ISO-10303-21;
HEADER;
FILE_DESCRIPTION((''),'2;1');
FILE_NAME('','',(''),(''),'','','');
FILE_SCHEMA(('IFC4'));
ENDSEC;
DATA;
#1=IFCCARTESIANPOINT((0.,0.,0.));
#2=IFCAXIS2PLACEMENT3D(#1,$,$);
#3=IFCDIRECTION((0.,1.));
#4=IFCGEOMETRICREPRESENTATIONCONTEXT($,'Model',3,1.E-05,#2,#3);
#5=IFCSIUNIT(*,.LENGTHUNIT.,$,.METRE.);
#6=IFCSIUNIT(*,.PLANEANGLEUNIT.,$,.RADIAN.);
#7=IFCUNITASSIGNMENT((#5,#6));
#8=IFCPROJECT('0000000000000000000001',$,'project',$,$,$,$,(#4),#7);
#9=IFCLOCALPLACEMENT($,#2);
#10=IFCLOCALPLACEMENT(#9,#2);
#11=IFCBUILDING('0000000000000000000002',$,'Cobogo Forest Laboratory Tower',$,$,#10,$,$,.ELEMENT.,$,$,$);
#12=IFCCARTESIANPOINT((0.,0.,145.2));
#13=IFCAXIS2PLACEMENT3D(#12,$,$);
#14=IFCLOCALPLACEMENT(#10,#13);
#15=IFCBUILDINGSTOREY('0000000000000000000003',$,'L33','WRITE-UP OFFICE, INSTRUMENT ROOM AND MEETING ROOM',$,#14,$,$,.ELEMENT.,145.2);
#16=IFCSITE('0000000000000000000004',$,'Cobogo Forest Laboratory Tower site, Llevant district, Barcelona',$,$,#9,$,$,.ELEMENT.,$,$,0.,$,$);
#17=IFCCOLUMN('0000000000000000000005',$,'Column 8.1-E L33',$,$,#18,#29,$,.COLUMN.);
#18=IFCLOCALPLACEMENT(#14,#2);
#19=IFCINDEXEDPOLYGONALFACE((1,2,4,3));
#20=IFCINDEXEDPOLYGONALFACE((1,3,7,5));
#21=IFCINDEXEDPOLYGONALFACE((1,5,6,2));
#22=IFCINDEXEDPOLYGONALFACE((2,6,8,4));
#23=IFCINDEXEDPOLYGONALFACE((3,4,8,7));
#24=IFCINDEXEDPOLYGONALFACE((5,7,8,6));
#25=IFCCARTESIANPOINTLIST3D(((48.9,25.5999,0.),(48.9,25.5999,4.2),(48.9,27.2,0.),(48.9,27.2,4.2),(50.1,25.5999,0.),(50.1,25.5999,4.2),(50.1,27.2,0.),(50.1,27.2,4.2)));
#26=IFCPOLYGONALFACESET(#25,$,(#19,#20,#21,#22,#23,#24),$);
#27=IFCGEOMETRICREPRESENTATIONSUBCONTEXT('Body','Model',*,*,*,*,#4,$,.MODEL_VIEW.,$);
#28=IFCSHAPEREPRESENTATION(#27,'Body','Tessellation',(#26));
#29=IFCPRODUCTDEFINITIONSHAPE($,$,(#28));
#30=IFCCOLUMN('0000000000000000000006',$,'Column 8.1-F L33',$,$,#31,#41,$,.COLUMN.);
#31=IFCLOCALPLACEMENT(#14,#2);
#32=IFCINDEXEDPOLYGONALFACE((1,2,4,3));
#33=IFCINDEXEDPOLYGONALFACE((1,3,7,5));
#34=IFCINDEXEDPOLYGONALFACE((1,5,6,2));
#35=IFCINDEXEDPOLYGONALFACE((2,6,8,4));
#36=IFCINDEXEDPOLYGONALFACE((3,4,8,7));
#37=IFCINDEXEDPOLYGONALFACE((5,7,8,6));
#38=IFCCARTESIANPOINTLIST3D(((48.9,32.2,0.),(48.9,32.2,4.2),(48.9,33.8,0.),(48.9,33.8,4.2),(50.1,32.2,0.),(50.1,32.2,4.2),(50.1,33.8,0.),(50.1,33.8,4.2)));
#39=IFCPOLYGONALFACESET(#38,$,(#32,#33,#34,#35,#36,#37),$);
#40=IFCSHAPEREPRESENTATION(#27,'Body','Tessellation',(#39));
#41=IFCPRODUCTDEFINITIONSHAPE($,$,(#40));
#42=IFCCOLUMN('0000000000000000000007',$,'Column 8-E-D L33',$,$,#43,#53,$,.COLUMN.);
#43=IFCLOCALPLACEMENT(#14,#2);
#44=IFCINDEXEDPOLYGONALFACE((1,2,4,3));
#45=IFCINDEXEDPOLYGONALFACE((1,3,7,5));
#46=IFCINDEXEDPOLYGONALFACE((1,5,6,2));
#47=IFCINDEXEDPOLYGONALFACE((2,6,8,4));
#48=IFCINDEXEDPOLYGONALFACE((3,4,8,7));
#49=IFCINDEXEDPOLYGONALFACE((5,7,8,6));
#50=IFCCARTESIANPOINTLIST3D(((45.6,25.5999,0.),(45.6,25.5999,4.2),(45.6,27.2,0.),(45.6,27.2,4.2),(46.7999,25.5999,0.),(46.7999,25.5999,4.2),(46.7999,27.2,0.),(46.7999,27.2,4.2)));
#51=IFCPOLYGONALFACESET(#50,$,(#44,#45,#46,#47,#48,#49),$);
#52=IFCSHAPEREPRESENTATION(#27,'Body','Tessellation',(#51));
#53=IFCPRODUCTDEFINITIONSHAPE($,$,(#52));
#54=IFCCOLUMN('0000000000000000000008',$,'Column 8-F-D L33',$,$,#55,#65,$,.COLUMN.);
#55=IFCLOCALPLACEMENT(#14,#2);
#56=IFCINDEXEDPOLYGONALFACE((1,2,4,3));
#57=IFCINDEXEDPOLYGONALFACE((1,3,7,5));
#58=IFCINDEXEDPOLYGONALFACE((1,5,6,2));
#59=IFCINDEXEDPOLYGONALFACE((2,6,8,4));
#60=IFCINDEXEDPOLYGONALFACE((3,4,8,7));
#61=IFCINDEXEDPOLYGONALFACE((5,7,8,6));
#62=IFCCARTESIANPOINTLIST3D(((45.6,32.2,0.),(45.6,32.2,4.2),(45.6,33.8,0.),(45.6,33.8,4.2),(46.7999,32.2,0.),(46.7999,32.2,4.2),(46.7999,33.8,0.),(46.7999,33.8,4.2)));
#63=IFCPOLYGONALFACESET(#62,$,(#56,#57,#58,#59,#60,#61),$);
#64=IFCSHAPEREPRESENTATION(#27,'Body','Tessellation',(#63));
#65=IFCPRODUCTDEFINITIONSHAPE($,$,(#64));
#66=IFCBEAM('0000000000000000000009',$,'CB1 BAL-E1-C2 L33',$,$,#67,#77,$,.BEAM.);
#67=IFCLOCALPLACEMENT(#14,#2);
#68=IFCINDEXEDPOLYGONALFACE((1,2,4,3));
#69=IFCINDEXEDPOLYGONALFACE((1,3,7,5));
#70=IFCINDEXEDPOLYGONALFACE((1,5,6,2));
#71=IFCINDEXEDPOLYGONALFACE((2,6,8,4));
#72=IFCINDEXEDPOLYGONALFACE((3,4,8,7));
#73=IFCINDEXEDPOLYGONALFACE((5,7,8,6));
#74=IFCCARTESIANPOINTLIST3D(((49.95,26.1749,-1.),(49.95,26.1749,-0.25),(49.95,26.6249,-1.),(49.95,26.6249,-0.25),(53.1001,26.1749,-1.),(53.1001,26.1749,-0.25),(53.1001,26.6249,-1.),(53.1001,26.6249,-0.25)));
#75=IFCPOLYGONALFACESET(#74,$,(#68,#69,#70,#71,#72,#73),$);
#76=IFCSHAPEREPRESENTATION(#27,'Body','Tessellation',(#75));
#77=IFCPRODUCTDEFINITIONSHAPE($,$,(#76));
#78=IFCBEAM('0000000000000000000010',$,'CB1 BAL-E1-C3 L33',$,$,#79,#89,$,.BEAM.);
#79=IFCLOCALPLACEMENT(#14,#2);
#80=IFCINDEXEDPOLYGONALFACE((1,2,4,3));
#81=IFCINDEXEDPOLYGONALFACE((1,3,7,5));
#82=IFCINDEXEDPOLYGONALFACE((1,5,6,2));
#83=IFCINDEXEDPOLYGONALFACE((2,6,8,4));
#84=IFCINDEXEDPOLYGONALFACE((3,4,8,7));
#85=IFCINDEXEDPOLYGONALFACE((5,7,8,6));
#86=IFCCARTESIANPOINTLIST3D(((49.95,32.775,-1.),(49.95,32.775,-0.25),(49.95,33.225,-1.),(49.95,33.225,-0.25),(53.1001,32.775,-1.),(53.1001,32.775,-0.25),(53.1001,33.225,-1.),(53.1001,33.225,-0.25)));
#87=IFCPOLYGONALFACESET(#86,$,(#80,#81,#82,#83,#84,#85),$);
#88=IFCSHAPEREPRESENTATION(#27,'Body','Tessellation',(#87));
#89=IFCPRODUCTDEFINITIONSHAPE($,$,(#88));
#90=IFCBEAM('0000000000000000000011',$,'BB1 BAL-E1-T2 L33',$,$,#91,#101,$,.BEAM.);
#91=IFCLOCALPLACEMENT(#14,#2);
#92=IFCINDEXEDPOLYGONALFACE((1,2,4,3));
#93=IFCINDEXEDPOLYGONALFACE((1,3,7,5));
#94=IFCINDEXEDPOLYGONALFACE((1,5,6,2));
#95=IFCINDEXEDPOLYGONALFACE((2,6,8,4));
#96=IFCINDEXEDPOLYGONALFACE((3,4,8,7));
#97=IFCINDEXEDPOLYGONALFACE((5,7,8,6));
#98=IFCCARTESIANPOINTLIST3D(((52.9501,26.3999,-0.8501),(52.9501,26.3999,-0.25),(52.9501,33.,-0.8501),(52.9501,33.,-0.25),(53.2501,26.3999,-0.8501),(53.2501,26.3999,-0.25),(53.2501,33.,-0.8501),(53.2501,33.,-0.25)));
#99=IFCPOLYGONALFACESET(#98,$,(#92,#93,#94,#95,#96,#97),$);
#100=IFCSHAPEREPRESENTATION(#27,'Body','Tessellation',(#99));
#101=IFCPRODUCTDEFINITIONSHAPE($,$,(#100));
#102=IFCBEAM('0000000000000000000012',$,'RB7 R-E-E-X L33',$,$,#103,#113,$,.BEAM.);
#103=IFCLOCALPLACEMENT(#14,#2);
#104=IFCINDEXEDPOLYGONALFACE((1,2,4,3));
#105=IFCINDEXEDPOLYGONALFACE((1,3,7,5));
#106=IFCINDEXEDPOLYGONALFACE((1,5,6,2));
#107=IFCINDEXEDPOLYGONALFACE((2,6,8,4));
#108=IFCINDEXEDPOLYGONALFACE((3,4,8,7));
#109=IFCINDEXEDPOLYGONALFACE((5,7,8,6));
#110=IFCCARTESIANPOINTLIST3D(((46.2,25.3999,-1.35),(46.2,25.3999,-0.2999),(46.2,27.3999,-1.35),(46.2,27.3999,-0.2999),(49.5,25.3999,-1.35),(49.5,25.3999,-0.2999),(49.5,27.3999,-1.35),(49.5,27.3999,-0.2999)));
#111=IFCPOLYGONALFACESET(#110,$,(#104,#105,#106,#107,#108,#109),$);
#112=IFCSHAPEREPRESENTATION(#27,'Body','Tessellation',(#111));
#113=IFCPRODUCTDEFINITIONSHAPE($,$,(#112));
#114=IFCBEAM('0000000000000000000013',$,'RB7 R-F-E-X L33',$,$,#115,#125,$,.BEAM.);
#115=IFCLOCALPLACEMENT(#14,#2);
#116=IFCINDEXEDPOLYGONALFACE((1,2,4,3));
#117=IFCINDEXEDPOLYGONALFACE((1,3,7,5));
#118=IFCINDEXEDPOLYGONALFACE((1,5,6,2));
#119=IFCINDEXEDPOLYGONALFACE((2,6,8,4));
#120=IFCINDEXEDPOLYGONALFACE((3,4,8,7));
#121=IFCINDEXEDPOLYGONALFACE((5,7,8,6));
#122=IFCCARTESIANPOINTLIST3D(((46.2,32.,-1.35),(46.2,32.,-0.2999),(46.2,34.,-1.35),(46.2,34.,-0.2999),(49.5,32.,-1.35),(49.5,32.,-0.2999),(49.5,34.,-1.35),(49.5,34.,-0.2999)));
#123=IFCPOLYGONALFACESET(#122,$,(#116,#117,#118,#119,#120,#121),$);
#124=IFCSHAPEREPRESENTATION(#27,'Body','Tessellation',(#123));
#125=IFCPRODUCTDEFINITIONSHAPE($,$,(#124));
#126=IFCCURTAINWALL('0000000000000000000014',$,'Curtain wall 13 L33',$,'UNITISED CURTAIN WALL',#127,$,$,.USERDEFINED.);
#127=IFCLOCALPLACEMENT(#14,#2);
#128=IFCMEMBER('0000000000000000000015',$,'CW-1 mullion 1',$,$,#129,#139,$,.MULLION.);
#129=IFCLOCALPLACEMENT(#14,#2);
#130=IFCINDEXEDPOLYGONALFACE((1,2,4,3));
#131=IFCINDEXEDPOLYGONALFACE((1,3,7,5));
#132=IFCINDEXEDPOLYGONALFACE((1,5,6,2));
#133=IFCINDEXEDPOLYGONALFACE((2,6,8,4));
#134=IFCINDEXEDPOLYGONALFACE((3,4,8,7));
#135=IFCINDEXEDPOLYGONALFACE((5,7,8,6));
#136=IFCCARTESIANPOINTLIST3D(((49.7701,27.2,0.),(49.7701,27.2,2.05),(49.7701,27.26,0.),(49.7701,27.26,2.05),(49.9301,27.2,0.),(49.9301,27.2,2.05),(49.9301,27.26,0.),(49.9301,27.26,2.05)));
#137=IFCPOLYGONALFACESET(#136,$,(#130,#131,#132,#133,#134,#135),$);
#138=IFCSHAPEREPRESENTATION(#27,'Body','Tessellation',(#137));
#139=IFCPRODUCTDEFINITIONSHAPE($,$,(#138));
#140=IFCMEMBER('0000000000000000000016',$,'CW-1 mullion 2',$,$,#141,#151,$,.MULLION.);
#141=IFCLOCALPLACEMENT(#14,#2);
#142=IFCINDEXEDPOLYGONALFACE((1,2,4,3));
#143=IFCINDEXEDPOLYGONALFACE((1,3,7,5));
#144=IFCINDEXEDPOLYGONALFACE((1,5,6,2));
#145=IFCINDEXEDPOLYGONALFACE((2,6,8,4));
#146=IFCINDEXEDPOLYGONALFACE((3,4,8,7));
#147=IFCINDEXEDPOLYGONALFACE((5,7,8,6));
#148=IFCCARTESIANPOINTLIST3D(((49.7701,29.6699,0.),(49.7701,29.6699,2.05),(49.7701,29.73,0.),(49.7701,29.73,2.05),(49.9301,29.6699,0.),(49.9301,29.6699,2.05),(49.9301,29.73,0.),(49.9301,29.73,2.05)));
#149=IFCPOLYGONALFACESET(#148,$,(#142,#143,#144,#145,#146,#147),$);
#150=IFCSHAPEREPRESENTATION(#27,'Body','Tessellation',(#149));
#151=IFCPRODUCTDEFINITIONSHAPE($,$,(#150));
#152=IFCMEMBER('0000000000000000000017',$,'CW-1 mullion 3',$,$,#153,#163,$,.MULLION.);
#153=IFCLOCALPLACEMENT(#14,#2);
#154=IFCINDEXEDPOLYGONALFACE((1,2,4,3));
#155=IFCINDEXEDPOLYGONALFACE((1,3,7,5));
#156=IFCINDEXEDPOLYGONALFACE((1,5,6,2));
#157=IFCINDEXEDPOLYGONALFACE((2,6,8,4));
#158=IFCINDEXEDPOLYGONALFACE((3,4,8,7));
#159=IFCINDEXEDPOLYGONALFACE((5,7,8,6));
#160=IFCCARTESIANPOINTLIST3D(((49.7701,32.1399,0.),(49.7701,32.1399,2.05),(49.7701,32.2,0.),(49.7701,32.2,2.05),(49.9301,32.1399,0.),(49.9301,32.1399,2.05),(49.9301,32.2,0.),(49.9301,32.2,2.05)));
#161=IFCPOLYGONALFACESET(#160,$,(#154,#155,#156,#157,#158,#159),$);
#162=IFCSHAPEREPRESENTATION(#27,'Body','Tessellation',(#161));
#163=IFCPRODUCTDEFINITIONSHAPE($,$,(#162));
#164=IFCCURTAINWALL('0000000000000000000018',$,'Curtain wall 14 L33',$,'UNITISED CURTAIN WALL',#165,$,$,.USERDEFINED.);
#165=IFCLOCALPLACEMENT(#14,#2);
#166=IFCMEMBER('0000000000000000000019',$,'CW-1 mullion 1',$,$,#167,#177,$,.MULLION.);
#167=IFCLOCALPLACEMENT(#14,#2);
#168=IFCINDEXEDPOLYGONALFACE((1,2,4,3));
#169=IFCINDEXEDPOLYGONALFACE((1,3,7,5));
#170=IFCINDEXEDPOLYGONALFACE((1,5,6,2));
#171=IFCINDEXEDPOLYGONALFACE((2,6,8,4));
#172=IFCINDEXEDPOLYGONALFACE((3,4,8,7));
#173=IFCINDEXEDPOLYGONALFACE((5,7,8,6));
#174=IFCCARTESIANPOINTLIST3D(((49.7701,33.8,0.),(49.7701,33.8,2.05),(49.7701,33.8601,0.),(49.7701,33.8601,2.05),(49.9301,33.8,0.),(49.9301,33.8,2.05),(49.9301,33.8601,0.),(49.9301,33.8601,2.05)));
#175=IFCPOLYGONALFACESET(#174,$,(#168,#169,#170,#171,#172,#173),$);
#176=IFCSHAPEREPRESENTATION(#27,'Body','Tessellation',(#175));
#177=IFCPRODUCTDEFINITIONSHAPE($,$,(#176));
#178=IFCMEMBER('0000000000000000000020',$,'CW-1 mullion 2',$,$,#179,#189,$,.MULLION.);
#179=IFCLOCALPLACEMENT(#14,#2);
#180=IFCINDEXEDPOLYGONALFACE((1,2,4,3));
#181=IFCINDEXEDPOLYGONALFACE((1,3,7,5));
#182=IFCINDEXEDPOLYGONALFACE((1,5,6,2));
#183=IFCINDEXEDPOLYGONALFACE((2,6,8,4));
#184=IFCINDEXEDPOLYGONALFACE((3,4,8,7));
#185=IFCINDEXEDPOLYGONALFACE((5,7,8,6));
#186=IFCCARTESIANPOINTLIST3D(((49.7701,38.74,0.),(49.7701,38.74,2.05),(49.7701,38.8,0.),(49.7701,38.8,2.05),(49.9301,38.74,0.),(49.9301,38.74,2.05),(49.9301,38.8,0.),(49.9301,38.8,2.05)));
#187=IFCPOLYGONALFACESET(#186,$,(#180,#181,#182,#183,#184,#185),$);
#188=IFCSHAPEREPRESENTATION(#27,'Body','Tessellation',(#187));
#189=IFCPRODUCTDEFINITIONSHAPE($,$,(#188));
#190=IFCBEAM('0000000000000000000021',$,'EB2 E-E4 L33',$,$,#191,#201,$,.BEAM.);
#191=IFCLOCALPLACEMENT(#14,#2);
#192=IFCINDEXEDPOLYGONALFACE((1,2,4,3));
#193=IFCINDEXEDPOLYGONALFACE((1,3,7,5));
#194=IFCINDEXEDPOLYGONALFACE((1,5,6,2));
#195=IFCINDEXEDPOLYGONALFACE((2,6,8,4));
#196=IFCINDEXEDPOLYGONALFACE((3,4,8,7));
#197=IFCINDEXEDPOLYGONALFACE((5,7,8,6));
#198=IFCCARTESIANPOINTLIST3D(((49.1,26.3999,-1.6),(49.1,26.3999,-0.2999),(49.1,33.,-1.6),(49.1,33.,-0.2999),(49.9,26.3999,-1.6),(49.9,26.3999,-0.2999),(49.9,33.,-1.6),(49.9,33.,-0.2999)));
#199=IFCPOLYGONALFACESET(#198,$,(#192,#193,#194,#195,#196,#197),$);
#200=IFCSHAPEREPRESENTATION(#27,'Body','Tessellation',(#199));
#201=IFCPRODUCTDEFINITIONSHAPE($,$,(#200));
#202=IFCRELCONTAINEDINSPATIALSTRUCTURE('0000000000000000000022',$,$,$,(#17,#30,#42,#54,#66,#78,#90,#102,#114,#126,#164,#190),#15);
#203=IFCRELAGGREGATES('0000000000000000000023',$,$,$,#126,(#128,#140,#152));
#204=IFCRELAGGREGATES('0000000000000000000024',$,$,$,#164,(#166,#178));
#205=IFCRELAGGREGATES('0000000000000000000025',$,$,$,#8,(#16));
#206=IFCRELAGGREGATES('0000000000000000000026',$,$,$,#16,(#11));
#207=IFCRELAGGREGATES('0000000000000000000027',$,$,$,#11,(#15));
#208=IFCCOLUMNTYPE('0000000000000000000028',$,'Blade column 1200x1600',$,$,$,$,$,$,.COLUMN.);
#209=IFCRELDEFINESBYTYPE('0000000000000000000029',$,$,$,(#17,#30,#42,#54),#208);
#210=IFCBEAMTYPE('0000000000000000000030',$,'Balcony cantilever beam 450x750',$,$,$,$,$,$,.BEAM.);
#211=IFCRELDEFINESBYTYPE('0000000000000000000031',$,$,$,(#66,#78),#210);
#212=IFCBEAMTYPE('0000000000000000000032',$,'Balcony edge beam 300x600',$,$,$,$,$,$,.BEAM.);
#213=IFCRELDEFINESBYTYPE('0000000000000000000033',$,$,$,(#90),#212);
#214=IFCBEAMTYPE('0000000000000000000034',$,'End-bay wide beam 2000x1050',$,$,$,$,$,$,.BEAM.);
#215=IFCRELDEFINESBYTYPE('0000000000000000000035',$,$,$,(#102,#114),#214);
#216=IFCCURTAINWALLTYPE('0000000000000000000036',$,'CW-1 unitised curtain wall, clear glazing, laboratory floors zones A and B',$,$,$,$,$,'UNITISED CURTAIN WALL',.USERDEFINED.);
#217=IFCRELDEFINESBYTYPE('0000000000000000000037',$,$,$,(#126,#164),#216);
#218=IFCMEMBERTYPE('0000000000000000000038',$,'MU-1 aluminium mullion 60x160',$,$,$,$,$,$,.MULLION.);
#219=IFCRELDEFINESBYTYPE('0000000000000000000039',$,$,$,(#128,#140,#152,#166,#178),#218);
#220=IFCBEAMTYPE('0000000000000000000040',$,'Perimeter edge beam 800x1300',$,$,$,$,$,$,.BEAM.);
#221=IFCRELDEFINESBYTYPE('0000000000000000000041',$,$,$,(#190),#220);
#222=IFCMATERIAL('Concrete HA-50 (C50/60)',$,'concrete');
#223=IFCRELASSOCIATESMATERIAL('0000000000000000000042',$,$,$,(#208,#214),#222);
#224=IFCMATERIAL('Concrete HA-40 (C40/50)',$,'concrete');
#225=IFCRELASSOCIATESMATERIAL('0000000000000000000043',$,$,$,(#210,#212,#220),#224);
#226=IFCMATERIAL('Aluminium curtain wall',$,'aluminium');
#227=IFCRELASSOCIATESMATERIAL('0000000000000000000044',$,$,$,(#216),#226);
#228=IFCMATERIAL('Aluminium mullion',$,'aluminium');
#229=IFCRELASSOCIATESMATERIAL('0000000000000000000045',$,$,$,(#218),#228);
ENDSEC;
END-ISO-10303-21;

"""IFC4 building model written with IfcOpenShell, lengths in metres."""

from ifc_helpers import new_model, si_unit, direction, frame, origin, origin_2d, place, context, subcontext, project, spatial, rectangle, extrude, material, material_profile, profile_set, type_object, element, aggregate, save


model = new_model("IFC4")

# Units and contexts
model_context = context("Model", 3, precision=1e-05, world=origin(), true_north=direction((0.0, 1.0)))
body_context = subcontext(model_context, "Body", "Model", "MODEL_VIEW")
ifc_project = project(units=[si_unit("LENGTHUNIT", "METRE"), si_unit("PLANEANGLEUNIT", "RADIAN")], contexts=[model_context])

# Site, building, storey
site_placement = place(None, origin())
site = spatial("IfcSite", under=ifc_project, at=site_placement, Name="Cobogo Forest Laboratory Tower site, Llevant district, Barcelona", CompositionType="ELEMENT", RefElevation=0.0)
building_placement = place(site_placement, origin())
building = spatial("IfcBuilding", under=site, at=building_placement, Name="Cobogo Forest Laboratory Tower", CompositionType="ELEMENT")
storey_placement = place(building_placement, frame((0.0, 0.0, 145.2)))
storey = spatial("IfcBuildingStorey", under=building, at=storey_placement, Name="L33", Description="WRITE-UP OFFICE, INSTRUMENT ROOM AND MEETING ROOM", CompositionType="ELEMENT", Elevation=145.2)

# Columns
ifc_material_1 = material(Name="Concrete HA-50 (C50/60)", Category="concrete")
ifc_material_profile_1 = material_profile(ifc_material_1, rectangle(XDim=1.6001, YDim=1.2, at=origin_2d()), Name="RC 1200x1600")
ifc_profile_set_1 = profile_set([ifc_material_profile_1], Name="Concrete HA-50 (C50/60)")
column_type = type_object("IfcColumnType", Name="Blade column 1200x1600", PredefinedType="COLUMN", material=ifc_profile_set_1)
for number, where, z_axis, x_axis, name in (
    (1, (49.5, 26.3999, 0.0), (0.0, 0.0, 1.0), (0.0, 1.0, 0.0), "Column 8.1-E L33"),
    (2, (49.5, 33.0, 0.0), (0.0, 0.0, 1.0), (0.0, 1.0, 0.0), "Column 8.1-F L33"),
    (3, (46.2, 26.3999, 0.0), (0.0, 0.0, 1.0), (0.0, 1.0, 0.0), "Column 8-E-D L33"),
    (4, (46.2, 33.0, 0.0), (0.0, 0.0, 1.0), (0.0, 1.0, 0.0), "Column 8-F-D L33"),
):
    element("IfcColumn", number, at=place(storey_placement, frame(where, z_axis=z_axis, x_axis=x_axis)), inside=storey, type_object=column_type, Name=name, PredefinedType="COLUMN", context=body_context, shape_type="SweptSolid", body=[
        extrude(rectangle(XDim=1.6001, YDim=1.2, at=origin_2d()), origin(), (0.0, 0.0, 1.0), 4.2),
    ])

# Beams
ifc_material_2 = material(Name="Concrete HA-40 (C40/50)", Category="concrete")
ifc_material_profile_2 = material_profile(ifc_material_2, rectangle(XDim=0.45, YDim=0.75, at=origin_2d()), Name="RC 450x750")
ifc_profile_set_2 = profile_set([ifc_material_profile_2], Name="Concrete HA-40 (C40/50)")
beam_type_1 = type_object("IfcBeamType", Name="Balcony cantilever beam 450x750", PredefinedType="BEAM", material=ifc_profile_set_2)
for number, where, z_axis, x_axis, name in (
    (5, (49.95, 26.3999, -0.625), (1.0, 0.0, 0.0), (0.0, 1.0, 0.0), "CB1 BAL-E1-C2 L33"),
    (6, (49.95, 33.0, -0.625), (1.0, 0.0, 0.0), (0.0, 1.0, 0.0), "CB1 BAL-E1-C3 L33"),
):
    element("IfcBeam", number, at=place(storey_placement, frame(where, z_axis=z_axis, x_axis=x_axis)), inside=storey, type_object=beam_type_1, Name=name, PredefinedType="BEAM", context=body_context, shape_type="SweptSolid", body=[
        extrude(rectangle(XDim=0.45, YDim=0.75, at=origin_2d()), origin(), (0.0, 0.0, 1.0), 3.1501),
    ])
ifc_material_profile_3 = material_profile(ifc_material_2, rectangle(XDim=0.3, YDim=0.6001, at=origin_2d()), Name="RC 300x600")
ifc_profile_set_3 = profile_set([ifc_material_profile_3], Name="Concrete HA-40 (C40/50)")
beam_type_2 = type_object("IfcBeamType", Name="Balcony edge beam 300x600", PredefinedType="BEAM", material=ifc_profile_set_3)
beam_placement = place(storey_placement, frame((53.1001, 26.3999, -0.55), z_axis=(0.0, 1.0, 0.0), x_axis=(-1.0, 0.0, 0.0)))
element("IfcBeam", 7, at=beam_placement, inside=storey, type_object=beam_type_2, Name="BB1 BAL-E1-T2 L33", PredefinedType="BEAM", context=body_context, shape_type="SweptSolid", body=[
    extrude(rectangle(XDim=0.3, YDim=0.6001, at=origin_2d()), origin(), (0.0, 0.0, 1.0), 6.6001),
])
ifc_material_profile_4 = material_profile(ifc_material_1, rectangle(XDim=2.0, YDim=1.05, at=origin_2d()), Name="RC 2000x1050")
ifc_profile_set_4 = profile_set([ifc_material_profile_4], Name="Concrete HA-50 (C50/60)")
beam_type_3 = type_object("IfcBeamType", Name="End-bay wide beam 2000x1050", PredefinedType="BEAM", material=ifc_profile_set_4)
for number, where, z_axis, x_axis, name in (
    (8, (49.5, 26.3999, -0.825), (-1.0, 0.0, 0.0), (0.0, -1.0, 0.0), "RB7 R-E-E-X L33"),
    (9, (49.5, 33.0, -0.825), (-1.0, 0.0, 0.0), (0.0, -1.0, 0.0), "RB7 R-F-E-X L33"),
):
    element("IfcBeam", number, at=place(storey_placement, frame(where, z_axis=z_axis, x_axis=x_axis)), inside=storey, type_object=beam_type_3, Name=name, PredefinedType="BEAM", context=body_context, shape_type="SweptSolid", body=[
        extrude(rectangle(XDim=2.0, YDim=1.05, at=origin_2d()), origin(), (0.0, 0.0, 1.0), 3.3),
    ])

# Curtain walls, members
ifc_material_3 = material(Name="Aluminium curtain wall", Category="aluminium")
curtain_wall_type = type_object("IfcCurtainWallType", Name="CW-1 unitised curtain wall, clear glazing, laboratory floors zones A and B", ElementType="UNITISED CURTAIN WALL", PredefinedType="USERDEFINED", material=ifc_material_3)
curtain_wall_1_placement = place(storey_placement, origin())
curtain_wall_1 = element("IfcCurtainWall", 10, at=curtain_wall_1_placement, inside=storey, type_object=curtain_wall_type, Name="Curtain wall 13 L33", ObjectType="UNITISED CURTAIN WALL", PredefinedType="USERDEFINED")
ifc_material_4 = material(Name="Aluminium mullion", Category="aluminium")
ifc_material_profile_5 = material_profile(ifc_material_4, rectangle(XDim=0.0601, YDim=0.1599, at=origin_2d()), Name="AL 60x160")
ifc_profile_set_5 = profile_set([ifc_material_profile_5], Name="Aluminium mullion")
member_type_1 = type_object("IfcMemberType", Name="MU-1 aluminium mullion 60x160", PredefinedType="MULLION", material=ifc_profile_set_5)
member_1_placement = place(storey_placement, frame((49.8501, 27.23, 0.0), z_axis=(0.0, 0.0, 1.0), x_axis=(0.0, 1.0, 0.0)))
member_1 = element("IfcMember", 11, at=member_1_placement, type_object=member_type_1, Name="CW-1 mullion 1", PredefinedType="MULLION", context=body_context, shape_type="SweptSolid", body=[
    extrude(rectangle(XDim=0.0601, YDim=0.1599, at=origin_2d()), origin(), (0.0, 0.0, 1.0), 2.05),
])
member_2_placement = place(storey_placement, frame((49.8501, 29.7, 0.0), z_axis=(0.0, 0.0, 1.0), x_axis=(0.0, 1.0, 0.0)))
member_2 = element("IfcMember", 12, at=member_2_placement, type_object=member_type_1, Name="CW-1 mullion 2", PredefinedType="MULLION", context=body_context, shape_type="SweptSolid", body=[
    extrude(rectangle(XDim=0.0601, YDim=0.1599, at=origin_2d()), origin(), (0.0, 0.0, 1.0), 2.05),
])
member_3_placement = place(storey_placement, frame((49.8501, 32.1699, 0.0), z_axis=(0.0, 0.0, 1.0), x_axis=(0.0, 1.0, 0.0)))
member_3 = element("IfcMember", 13, at=member_3_placement, type_object=member_type_1, Name="CW-1 mullion 3", PredefinedType="MULLION", context=body_context, shape_type="SweptSolid", body=[
    extrude(rectangle(XDim=0.0601, YDim=0.1599, at=origin_2d()), origin(), (0.0, 0.0, 1.0), 2.05),
])
curtain_wall_2_placement = place(storey_placement, origin())
curtain_wall_2 = element("IfcCurtainWall", 14, at=curtain_wall_2_placement, inside=storey, type_object=curtain_wall_type, Name="Curtain wall 14 L33", ObjectType="UNITISED CURTAIN WALL", PredefinedType="USERDEFINED")
member_4_placement = place(storey_placement, frame((49.8501, 33.8301, 0.0), z_axis=(0.0, 0.0, 1.0), x_axis=(0.0, 1.0, 0.0)))
member_4 = element("IfcMember", 15, at=member_4_placement, type_object=member_type_1, Name="CW-1 mullion 1", PredefinedType="MULLION", context=body_context, shape_type="SweptSolid", body=[
    extrude(rectangle(XDim=0.0601, YDim=0.1599, at=origin_2d()), origin(), (0.0, 0.0, 1.0), 2.05),
])
member_5_placement = place(storey_placement, frame((49.8501, 38.77, 0.0), z_axis=(0.0, 0.0, 1.0), x_axis=(0.0, 1.0, 0.0)))
member_5 = element("IfcMember", 16, at=member_5_placement, type_object=member_type_1, Name="CW-1 mullion 2", PredefinedType="MULLION", context=body_context, shape_type="SweptSolid", body=[
    extrude(rectangle(XDim=0.0601, YDim=0.1599, at=origin_2d()), origin(), (0.0, 0.0, 1.0), 2.05),
])

# Beam
ifc_material_profile_6 = material_profile(ifc_material_2, rectangle(XDim=0.8, YDim=1.3, at=origin_2d()), Name="RC 800x1300")
ifc_profile_set_6 = profile_set([ifc_material_profile_6], Name="Concrete HA-40 (C40/50)")
beam_type_4 = type_object("IfcBeamType", Name="Perimeter edge beam 800x1300", PredefinedType="BEAM", material=ifc_profile_set_6)
for number, where, z_axis, x_axis, name in (
    (17, (49.5, 26.3999, -0.95), (0.0, 1.0, 0.0), (-1.0, 0.0, 0.0), "EB2 E-E4 L33"),
):
    element("IfcBeam", number, at=place(storey_placement, frame(where, z_axis=z_axis, x_axis=x_axis)), inside=storey, type_object=beam_type_4, Name=name, PredefinedType="BEAM", context=body_context, shape_type="SweptSolid", body=[
        extrude(rectangle(XDim=0.8, YDim=1.3, at=origin_2d()), origin(), (0.0, 0.0, 1.0), 6.6001),
    ])

aggregate(curtain_wall_1, [member_1, member_2, member_3])
aggregate(curtain_wall_2, [member_4, member_5])

save(model, "model.ifc")
